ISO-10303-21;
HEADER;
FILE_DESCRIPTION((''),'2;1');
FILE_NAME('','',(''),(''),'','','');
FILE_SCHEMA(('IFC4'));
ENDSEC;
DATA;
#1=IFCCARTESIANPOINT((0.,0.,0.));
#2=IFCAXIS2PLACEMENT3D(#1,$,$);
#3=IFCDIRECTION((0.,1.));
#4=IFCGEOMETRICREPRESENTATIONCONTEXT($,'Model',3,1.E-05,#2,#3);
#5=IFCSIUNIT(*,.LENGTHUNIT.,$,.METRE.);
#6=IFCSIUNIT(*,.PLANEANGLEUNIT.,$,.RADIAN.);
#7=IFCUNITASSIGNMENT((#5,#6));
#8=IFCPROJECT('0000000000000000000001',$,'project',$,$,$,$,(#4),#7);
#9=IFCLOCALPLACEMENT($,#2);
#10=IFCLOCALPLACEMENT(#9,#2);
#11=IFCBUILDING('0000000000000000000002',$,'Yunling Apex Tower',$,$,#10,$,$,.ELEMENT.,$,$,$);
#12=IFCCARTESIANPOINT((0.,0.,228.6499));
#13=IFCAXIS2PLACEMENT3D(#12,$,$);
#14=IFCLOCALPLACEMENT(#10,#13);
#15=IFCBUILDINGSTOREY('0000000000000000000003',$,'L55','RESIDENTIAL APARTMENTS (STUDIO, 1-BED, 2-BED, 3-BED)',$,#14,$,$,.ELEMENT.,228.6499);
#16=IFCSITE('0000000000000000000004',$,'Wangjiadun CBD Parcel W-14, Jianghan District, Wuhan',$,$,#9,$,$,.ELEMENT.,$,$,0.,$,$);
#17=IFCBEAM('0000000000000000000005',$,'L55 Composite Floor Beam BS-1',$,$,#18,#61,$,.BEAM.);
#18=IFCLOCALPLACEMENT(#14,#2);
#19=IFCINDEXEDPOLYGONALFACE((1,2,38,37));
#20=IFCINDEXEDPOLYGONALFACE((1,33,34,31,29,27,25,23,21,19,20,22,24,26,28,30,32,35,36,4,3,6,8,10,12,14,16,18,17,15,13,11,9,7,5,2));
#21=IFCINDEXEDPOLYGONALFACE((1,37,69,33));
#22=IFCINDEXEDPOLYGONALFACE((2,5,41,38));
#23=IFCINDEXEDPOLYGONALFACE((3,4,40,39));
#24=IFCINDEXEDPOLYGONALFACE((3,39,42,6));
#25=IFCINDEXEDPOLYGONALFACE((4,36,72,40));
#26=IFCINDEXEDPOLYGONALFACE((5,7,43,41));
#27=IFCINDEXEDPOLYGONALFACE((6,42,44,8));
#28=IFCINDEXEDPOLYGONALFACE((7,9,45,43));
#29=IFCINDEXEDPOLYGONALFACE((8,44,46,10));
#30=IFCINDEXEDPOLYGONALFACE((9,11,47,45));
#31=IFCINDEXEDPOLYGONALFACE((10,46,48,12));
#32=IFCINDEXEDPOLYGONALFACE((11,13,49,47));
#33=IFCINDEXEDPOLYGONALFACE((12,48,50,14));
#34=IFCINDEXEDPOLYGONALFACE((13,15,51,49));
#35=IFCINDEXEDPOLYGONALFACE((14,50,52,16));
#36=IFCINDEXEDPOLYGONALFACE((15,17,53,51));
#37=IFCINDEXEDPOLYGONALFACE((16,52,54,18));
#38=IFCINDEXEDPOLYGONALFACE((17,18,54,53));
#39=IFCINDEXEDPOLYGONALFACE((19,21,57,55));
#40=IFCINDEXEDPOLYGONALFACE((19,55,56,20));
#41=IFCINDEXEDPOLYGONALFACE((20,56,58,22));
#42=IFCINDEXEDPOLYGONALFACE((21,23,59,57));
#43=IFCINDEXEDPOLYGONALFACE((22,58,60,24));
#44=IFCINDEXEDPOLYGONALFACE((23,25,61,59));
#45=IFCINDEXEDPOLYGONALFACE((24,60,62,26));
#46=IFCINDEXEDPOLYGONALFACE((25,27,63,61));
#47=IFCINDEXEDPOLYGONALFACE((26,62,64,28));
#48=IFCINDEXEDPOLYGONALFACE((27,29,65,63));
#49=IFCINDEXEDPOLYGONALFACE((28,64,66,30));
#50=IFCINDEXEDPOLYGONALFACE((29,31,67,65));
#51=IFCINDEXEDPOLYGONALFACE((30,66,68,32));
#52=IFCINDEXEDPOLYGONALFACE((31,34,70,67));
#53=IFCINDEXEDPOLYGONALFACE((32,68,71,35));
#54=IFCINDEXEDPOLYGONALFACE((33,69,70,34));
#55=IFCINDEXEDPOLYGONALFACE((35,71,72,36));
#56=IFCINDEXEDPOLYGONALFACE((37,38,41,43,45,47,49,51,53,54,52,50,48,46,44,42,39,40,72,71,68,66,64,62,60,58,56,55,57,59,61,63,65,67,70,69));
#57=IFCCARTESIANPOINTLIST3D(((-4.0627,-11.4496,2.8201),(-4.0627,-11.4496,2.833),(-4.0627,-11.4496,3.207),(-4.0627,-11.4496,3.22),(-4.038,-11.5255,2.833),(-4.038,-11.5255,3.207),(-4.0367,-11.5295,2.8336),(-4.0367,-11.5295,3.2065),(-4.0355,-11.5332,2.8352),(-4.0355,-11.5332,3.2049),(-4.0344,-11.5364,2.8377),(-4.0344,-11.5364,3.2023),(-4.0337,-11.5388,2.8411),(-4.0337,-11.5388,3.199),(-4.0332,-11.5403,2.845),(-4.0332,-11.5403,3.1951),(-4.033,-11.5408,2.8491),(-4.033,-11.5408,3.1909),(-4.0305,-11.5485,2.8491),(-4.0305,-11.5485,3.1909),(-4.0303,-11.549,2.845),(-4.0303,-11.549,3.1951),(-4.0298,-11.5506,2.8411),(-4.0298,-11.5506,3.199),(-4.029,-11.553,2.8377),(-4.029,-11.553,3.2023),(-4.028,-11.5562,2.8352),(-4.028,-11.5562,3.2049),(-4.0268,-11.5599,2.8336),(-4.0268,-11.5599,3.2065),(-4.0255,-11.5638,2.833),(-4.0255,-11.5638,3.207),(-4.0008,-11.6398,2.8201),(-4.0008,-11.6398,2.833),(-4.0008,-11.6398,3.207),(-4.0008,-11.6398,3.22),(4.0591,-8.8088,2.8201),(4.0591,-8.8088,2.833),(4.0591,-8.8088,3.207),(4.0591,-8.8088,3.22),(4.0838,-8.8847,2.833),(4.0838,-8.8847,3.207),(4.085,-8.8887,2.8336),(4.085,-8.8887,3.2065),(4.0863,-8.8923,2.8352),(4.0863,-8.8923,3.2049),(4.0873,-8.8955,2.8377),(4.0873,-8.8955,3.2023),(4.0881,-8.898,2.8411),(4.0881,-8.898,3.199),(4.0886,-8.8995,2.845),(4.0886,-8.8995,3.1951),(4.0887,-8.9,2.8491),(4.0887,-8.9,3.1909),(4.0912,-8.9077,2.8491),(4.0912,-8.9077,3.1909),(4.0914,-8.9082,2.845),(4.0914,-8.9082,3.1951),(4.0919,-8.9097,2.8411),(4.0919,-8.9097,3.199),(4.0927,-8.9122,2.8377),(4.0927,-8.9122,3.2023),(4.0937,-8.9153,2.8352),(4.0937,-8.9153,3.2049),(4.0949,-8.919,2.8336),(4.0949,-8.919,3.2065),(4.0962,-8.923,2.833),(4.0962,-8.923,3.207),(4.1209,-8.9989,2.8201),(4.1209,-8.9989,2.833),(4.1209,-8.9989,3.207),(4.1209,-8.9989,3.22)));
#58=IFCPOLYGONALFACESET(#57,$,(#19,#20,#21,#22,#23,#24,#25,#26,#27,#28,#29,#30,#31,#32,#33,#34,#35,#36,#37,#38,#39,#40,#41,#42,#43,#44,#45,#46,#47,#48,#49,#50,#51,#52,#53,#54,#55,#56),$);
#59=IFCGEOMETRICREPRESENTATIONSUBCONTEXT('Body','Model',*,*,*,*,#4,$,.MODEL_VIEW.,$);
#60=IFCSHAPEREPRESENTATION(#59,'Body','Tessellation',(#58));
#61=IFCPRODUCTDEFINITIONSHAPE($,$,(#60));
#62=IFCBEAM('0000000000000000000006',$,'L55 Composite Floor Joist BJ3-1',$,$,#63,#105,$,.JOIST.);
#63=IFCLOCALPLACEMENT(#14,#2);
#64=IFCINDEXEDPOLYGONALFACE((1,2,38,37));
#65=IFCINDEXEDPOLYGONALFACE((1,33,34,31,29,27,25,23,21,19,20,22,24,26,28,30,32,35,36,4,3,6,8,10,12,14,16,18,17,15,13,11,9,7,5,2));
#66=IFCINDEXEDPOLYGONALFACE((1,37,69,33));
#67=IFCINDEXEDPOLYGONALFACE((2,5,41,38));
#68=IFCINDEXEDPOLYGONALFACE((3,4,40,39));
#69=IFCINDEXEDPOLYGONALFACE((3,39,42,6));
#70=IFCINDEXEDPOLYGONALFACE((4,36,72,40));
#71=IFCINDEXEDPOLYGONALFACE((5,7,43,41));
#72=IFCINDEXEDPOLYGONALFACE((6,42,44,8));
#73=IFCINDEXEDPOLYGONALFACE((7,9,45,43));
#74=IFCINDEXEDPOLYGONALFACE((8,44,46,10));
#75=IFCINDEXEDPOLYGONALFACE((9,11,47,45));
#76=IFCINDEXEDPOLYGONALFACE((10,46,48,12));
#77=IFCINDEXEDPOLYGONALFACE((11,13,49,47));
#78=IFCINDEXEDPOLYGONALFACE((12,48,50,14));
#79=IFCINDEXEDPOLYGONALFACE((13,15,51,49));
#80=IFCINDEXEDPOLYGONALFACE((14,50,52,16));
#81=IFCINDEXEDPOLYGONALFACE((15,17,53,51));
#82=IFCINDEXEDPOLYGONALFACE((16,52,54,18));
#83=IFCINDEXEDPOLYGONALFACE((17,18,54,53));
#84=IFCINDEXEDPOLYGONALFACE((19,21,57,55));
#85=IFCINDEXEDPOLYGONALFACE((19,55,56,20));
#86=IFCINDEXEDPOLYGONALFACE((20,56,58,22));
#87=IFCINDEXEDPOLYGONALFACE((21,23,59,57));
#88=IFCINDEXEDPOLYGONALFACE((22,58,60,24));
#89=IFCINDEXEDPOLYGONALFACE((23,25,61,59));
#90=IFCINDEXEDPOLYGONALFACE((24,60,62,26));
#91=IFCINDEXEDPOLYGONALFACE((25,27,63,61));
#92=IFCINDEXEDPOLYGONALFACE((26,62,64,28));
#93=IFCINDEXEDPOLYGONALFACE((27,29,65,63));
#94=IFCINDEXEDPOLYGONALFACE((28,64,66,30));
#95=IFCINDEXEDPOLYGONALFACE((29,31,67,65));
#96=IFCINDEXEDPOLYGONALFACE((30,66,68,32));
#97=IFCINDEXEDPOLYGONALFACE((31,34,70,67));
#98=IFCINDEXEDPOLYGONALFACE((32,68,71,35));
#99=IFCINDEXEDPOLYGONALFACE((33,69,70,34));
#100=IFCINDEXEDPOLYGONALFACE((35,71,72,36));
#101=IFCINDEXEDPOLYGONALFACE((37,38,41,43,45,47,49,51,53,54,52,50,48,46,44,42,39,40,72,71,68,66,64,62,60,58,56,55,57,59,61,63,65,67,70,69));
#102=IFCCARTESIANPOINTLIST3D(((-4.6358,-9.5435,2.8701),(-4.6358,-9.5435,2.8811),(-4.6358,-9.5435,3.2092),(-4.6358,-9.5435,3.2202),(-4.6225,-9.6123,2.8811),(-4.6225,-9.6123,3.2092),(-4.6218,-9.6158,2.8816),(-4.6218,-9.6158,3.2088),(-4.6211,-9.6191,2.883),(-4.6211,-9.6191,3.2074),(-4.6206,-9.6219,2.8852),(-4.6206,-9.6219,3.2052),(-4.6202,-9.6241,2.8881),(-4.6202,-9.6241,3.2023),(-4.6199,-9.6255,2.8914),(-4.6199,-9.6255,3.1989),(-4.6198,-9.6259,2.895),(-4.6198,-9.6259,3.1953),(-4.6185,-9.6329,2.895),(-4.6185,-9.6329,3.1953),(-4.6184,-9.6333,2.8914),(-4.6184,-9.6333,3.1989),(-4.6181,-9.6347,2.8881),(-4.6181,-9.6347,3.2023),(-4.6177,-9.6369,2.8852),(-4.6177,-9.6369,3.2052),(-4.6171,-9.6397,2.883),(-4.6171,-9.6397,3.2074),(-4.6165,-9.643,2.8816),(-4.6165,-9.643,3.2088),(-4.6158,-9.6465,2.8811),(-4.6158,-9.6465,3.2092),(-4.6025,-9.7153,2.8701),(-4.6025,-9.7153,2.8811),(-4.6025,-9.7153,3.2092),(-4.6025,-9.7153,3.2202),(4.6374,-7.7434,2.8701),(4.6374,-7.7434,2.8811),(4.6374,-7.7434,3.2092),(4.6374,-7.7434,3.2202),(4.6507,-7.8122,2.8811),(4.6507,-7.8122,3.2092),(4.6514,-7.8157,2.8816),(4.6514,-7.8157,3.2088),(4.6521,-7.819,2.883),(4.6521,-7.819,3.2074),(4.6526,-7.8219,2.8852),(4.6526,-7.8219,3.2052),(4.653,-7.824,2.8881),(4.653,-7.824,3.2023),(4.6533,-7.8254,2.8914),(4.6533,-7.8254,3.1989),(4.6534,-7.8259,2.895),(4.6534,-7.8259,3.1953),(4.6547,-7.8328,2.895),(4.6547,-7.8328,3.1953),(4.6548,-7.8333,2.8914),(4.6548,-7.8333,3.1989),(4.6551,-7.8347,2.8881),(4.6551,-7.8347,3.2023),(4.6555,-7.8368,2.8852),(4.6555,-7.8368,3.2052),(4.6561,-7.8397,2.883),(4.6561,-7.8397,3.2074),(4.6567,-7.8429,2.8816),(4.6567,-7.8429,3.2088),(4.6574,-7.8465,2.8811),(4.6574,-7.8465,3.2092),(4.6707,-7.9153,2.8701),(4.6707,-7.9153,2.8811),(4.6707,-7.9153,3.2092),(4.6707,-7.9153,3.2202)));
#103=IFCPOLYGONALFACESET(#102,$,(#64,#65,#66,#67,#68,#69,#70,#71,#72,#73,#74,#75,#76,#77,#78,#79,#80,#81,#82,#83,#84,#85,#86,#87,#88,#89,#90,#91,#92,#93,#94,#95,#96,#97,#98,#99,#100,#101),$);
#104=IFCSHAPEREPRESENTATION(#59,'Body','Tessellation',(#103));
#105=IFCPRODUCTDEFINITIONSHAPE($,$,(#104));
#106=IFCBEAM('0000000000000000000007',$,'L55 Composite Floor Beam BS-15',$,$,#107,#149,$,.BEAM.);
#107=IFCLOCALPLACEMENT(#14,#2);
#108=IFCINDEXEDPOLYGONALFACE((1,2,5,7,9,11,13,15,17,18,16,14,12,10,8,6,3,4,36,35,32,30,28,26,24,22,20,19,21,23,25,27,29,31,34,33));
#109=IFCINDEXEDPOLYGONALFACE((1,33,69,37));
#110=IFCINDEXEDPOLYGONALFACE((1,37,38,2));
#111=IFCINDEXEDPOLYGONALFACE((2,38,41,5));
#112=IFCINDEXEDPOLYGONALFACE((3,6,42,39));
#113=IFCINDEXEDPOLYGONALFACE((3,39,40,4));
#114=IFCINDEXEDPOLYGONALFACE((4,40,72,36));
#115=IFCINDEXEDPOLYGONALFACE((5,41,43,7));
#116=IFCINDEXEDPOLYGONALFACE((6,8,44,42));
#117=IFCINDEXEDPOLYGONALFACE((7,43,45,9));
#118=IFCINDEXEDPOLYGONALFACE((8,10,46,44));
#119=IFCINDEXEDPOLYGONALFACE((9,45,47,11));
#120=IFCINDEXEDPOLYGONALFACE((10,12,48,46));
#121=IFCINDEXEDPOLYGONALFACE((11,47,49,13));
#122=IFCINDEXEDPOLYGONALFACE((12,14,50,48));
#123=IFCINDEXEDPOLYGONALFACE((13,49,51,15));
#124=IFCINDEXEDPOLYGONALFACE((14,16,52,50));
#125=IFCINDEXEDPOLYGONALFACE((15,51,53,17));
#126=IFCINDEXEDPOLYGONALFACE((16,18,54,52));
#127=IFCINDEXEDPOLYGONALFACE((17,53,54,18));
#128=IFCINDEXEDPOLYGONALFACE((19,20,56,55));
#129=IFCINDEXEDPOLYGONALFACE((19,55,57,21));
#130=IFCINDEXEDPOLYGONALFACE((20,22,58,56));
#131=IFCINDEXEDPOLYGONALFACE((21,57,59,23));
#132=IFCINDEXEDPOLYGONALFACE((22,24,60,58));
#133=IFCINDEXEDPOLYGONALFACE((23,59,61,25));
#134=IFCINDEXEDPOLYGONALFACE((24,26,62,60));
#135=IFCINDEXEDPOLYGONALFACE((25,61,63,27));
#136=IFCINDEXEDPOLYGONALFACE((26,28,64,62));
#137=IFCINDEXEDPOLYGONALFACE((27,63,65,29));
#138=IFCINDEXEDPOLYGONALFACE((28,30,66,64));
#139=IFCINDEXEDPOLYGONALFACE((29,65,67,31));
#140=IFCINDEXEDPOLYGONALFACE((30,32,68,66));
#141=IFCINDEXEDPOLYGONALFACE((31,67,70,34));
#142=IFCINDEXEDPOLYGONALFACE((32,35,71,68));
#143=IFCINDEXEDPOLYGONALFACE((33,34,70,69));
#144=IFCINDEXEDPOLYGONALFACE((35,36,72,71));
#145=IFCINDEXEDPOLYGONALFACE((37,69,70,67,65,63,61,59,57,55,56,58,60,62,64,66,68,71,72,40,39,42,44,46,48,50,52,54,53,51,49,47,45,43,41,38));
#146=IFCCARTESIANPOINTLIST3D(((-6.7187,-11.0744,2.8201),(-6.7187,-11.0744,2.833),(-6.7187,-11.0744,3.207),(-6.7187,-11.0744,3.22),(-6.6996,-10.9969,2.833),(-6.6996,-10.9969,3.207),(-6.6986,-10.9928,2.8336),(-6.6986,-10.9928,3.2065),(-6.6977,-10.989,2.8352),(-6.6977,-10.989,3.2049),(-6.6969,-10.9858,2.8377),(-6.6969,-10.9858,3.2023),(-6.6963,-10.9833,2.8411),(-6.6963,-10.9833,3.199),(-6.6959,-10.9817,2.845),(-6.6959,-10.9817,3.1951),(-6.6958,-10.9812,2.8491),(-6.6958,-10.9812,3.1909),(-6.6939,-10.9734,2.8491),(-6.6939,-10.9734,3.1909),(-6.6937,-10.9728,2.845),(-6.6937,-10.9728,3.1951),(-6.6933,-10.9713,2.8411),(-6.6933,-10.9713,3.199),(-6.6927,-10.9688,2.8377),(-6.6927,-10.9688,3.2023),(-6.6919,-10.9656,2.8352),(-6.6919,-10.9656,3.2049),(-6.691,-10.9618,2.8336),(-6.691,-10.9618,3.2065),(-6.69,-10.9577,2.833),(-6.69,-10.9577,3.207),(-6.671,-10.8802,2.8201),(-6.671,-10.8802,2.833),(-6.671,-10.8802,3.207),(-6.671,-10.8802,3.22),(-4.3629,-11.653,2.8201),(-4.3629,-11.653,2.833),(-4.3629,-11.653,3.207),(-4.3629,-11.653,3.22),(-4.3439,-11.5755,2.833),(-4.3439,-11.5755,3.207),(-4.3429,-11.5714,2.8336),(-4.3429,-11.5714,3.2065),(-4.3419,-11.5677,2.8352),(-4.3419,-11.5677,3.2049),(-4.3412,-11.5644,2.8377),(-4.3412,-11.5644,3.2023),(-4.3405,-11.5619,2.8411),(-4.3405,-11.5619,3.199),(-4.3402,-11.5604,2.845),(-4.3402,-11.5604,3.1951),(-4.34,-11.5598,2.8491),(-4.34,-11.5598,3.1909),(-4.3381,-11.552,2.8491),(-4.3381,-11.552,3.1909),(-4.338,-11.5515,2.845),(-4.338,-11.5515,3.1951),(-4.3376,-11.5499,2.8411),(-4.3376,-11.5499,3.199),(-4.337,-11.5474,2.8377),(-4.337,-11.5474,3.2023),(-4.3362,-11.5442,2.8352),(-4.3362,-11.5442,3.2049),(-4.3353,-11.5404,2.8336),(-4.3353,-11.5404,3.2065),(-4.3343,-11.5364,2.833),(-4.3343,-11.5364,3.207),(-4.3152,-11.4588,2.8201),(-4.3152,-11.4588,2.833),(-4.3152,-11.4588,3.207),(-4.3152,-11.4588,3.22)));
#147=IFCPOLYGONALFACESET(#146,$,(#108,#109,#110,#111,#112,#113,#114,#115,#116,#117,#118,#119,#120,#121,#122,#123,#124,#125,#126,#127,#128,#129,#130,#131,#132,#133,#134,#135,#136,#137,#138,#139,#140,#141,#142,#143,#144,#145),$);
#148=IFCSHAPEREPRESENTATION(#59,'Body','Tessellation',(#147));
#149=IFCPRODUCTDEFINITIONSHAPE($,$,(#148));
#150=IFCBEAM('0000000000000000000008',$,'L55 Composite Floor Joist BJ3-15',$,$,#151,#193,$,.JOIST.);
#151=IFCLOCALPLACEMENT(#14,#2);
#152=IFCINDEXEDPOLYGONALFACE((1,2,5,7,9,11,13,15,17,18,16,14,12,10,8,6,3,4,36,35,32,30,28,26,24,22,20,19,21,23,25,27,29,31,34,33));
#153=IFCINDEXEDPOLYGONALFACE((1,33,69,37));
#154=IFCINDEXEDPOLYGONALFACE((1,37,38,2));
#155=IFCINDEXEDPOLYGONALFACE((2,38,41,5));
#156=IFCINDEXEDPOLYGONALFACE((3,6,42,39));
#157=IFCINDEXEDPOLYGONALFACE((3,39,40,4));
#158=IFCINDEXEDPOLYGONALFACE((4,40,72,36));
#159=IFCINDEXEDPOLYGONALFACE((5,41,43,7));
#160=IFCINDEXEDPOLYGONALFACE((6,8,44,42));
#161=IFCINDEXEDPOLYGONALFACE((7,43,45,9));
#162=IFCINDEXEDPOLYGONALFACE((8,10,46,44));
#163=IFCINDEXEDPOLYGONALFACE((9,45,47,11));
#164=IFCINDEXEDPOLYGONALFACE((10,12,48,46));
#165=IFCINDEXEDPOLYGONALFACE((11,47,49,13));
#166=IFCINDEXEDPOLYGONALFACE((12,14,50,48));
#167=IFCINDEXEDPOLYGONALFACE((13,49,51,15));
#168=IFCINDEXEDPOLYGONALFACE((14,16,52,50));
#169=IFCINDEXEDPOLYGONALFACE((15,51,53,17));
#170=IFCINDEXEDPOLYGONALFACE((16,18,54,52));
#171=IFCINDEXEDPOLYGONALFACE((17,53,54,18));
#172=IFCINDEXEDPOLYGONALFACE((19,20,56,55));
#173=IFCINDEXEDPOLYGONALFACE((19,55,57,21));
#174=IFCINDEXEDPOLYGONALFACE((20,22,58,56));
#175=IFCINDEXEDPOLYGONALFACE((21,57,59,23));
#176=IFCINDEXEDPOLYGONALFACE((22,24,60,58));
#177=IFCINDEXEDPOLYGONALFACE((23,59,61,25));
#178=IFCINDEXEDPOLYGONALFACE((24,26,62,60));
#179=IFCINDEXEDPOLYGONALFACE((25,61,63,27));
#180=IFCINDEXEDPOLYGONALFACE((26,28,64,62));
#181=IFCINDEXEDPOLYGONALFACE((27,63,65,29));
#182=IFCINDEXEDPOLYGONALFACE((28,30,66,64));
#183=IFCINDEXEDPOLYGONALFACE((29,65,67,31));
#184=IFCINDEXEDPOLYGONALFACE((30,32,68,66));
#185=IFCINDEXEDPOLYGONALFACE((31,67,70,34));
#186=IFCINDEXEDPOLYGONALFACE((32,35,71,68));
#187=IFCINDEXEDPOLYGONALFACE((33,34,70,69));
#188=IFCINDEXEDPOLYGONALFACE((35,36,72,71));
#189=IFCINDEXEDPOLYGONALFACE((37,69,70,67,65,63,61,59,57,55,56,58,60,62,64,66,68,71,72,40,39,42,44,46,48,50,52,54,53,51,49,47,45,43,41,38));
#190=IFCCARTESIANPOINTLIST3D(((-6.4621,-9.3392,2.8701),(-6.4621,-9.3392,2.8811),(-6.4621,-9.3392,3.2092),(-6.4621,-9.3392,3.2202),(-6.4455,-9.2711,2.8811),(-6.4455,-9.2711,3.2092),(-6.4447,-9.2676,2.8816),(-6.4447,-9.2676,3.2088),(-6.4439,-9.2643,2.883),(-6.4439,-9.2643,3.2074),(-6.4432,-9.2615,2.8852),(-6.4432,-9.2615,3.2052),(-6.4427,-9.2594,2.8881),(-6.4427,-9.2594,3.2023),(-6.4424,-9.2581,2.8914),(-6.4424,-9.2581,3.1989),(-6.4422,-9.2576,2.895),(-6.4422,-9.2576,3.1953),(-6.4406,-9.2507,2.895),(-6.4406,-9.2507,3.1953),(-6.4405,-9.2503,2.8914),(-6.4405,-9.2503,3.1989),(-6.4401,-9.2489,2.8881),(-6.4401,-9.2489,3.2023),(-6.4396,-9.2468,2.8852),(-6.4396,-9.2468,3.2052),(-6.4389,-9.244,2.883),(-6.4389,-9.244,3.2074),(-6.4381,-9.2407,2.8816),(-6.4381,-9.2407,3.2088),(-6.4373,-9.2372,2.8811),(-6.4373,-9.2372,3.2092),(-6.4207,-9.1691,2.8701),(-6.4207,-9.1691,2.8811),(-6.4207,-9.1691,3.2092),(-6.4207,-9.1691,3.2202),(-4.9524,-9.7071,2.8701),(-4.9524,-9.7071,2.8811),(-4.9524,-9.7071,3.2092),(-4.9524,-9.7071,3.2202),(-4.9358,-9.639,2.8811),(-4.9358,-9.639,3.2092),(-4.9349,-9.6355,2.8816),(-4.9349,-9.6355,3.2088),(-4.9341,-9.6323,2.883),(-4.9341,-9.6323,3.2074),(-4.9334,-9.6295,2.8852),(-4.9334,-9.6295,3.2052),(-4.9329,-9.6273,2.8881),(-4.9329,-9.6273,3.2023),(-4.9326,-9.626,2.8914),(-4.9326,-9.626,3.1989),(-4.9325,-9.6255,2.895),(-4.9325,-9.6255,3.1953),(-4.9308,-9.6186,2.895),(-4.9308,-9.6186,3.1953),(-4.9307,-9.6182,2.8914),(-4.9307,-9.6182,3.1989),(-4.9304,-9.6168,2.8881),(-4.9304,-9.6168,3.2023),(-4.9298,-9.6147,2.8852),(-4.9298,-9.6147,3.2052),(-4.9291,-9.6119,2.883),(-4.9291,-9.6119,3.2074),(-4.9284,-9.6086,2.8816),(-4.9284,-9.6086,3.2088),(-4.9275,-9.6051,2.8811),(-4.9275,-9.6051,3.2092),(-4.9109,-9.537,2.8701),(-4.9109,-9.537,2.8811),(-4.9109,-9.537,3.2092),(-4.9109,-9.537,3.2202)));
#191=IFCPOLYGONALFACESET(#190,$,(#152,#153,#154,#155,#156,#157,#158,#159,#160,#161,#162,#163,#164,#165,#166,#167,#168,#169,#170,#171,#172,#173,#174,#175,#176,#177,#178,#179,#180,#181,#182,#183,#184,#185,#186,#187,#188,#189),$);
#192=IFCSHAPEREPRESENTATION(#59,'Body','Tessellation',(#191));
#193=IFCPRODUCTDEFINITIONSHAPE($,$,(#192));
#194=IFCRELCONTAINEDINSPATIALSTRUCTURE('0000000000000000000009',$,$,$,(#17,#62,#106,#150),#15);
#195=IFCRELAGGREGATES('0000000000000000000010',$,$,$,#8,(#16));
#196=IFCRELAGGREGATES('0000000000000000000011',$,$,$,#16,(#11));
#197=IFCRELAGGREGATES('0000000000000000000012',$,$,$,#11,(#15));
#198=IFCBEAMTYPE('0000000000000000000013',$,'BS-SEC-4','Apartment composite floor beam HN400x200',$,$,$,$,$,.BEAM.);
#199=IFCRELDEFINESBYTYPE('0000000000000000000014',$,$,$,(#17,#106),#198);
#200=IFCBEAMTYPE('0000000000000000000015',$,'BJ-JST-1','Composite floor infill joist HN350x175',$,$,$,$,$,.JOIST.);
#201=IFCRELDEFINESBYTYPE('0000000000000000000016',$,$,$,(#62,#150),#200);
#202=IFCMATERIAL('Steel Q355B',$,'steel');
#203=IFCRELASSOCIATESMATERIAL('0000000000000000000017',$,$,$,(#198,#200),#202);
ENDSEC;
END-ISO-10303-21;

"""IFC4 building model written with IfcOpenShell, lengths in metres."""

from ifc_helpers import new_model, si_unit, direction, frame, origin, origin_2d, place, context, subcontext, project, spatial, i_section, extrude, source, transform, mapped, material, material_profile, profile_set, type_object, element, save


model = new_model("IFC4")

# Units and contexts
model_context = context("Model", 3, precision=1e-05, world=origin(), true_north=direction((0.0, 1.0)))
body_context = subcontext(model_context, "Body", "Model", "MODEL_VIEW")
ifc_project = project(units=[si_unit("LENGTHUNIT", "METRE"), si_unit("PLANEANGLEUNIT", "RADIAN")], contexts=[model_context])

# Site, building, storey
site_placement = place(None, origin())
site = spatial("IfcSite", under=ifc_project, at=site_placement, Name="Wangjiadun CBD Parcel W-14, Jianghan District, Wuhan", CompositionType="ELEMENT", RefElevation=0.0)
building_placement = place(site_placement, origin())
building = spatial("IfcBuilding", under=site, at=building_placement, Name="Yunling Apex Tower", CompositionType="ELEMENT")
storey_placement = place(building_placement, frame((0.0, 0.0, 228.6499)))
storey = spatial("IfcBuildingStorey", under=building, at=storey_placement, Name="L55", Description="RESIDENTIAL APARTMENTS (STUDIO, 1-BED, 2-BED, 3-BED)", CompositionType="ELEMENT", Elevation=228.6499)

# Beams
ifc_material_1 = material(Name="Steel Q355B", Category="steel")
ifc_material_profile_1 = material_profile(ifc_material_1, i_section(OverallWidth=0.2, OverallDepth=0.3999, WebThickness=0.0081, FlangeThickness=0.0129, FilletRadius=0.0161, at=origin_2d()))
ifc_profile_set_1 = profile_set([ifc_material_profile_1], Name="Steel Q355B")
beam_type_1 = type_object("IfcBeamType", Name="BS-SEC-4", Description="Apartment composite floor beam HN400x200", PredefinedType="BEAM", material=ifc_profile_set_1)
shared_shape_1 = source(origin(), body_context, "Body", "SweptSolid", [
    extrude(i_section(OverallWidth=0.2, OverallDepth=0.3999, WebThickness=0.0081, FlangeThickness=0.0129, FilletRadius=0.0161, at=origin_2d()), origin(), (0.0, 0.0, 1.0), 8.5403),
])
beam_1_placement = place(storey_placement, frame((-4.0317, -11.5447, 3.02), z_axis=(0.95099, 0.309221, 0.0), x_axis=(-0.309221, 0.95099, 0.0)))
element("IfcBeam", 1, at=beam_1_placement, inside=storey, type_object=beam_type_1, Name="L55 Composite Floor Beam BS-1", PredefinedType="BEAM", context=body_context, shape_type="MappedRepresentation", body=[
    mapped(shared_shape_1, transform((0.0, 0.0, 0.0), scale=1.0)),
])
ifc_material_profile_2 = material_profile(ifc_material_1, i_section(OverallWidth=0.175, OverallDepth=0.3501, WebThickness=0.0071, FlangeThickness=0.011, FilletRadius=0.0139, at=origin_2d()))
ifc_profile_set_2 = profile_set([ifc_material_profile_2], Name="Steel Q355B")
beam_type_2 = type_object("IfcBeamType", Name="BJ-JST-1", Description="Composite floor infill joist HN350x175", PredefinedType="JOIST", material=ifc_profile_set_2)
shared_shape_2 = source(origin(), body_context, "Body", "SweptSolid", [
    extrude(i_section(OverallWidth=0.175, OverallDepth=0.3501, WebThickness=0.0071, FlangeThickness=0.011, FilletRadius=0.0139, at=origin_2d()), origin(), (0.0, 0.0, 1.0), 9.4463),
])
beam_2_placement = place(storey_placement, frame((-4.6191, -9.6294, 3.0452), z_axis=(0.981676, 0.190556, 0.0), x_axis=(-0.190556, 0.981676, 0.0)))
element("IfcBeam", 2, at=beam_2_placement, inside=storey, type_object=beam_type_2, Name="L55 Composite Floor Joist BJ3-1", PredefinedType="JOIST", context=body_context, shape_type="MappedRepresentation", body=[
    mapped(shared_shape_2, transform((0.0, 0.0, 0.0), scale=1.0)),
])
shared_shape_3 = source(origin(), body_context, "Body", "SweptSolid", [
    extrude(i_section(OverallWidth=0.2, OverallDepth=0.3999, WebThickness=0.0081, FlangeThickness=0.0129, FilletRadius=0.0161, at=origin_2d()), origin(), (0.0, 0.0, 1.0), 2.4258),
])
beam_3_placement = place(storey_placement, frame((-6.6948, -10.9773, 3.02), z_axis=(0.971135, -0.238531, 0.0), x_axis=(0.238531, 0.971135, 0.0)))
element("IfcBeam", 3, at=beam_3_placement, inside=storey, type_object=beam_type_1, Name="L55 Composite Floor Beam BS-15", PredefinedType="BEAM", context=body_context, shape_type="MappedRepresentation", body=[
    mapped(shared_shape_3, transform((0.0, 0.0, 0.0), scale=1.0)),
])
shared_shape_4 = source(origin(), body_context, "Body", "SweptSolid", [
    extrude(i_section(OverallWidth=0.175, OverallDepth=0.3501, WebThickness=0.0071, FlangeThickness=0.011, FilletRadius=0.0139, at=origin_2d()), origin(), (0.0, 0.0, 1.0), 1.554),
])
beam_4_placement = place(storey_placement, frame((-6.4414, -9.2542, 3.0452), z_axis=(0.971567, -0.236764, 0.0), x_axis=(0.236764, 0.971567, 0.0)))
element("IfcBeam", 4, at=beam_4_placement, inside=storey, type_object=beam_type_2, Name="L55 Composite Floor Joist BJ3-15", PredefinedType="JOIST", context=body_context, shape_type="MappedRepresentation", body=[
    mapped(shared_shape_4, transform((0.0, 0.0, 0.0), scale=1.0)),
])

save(model, "model.ifc")
